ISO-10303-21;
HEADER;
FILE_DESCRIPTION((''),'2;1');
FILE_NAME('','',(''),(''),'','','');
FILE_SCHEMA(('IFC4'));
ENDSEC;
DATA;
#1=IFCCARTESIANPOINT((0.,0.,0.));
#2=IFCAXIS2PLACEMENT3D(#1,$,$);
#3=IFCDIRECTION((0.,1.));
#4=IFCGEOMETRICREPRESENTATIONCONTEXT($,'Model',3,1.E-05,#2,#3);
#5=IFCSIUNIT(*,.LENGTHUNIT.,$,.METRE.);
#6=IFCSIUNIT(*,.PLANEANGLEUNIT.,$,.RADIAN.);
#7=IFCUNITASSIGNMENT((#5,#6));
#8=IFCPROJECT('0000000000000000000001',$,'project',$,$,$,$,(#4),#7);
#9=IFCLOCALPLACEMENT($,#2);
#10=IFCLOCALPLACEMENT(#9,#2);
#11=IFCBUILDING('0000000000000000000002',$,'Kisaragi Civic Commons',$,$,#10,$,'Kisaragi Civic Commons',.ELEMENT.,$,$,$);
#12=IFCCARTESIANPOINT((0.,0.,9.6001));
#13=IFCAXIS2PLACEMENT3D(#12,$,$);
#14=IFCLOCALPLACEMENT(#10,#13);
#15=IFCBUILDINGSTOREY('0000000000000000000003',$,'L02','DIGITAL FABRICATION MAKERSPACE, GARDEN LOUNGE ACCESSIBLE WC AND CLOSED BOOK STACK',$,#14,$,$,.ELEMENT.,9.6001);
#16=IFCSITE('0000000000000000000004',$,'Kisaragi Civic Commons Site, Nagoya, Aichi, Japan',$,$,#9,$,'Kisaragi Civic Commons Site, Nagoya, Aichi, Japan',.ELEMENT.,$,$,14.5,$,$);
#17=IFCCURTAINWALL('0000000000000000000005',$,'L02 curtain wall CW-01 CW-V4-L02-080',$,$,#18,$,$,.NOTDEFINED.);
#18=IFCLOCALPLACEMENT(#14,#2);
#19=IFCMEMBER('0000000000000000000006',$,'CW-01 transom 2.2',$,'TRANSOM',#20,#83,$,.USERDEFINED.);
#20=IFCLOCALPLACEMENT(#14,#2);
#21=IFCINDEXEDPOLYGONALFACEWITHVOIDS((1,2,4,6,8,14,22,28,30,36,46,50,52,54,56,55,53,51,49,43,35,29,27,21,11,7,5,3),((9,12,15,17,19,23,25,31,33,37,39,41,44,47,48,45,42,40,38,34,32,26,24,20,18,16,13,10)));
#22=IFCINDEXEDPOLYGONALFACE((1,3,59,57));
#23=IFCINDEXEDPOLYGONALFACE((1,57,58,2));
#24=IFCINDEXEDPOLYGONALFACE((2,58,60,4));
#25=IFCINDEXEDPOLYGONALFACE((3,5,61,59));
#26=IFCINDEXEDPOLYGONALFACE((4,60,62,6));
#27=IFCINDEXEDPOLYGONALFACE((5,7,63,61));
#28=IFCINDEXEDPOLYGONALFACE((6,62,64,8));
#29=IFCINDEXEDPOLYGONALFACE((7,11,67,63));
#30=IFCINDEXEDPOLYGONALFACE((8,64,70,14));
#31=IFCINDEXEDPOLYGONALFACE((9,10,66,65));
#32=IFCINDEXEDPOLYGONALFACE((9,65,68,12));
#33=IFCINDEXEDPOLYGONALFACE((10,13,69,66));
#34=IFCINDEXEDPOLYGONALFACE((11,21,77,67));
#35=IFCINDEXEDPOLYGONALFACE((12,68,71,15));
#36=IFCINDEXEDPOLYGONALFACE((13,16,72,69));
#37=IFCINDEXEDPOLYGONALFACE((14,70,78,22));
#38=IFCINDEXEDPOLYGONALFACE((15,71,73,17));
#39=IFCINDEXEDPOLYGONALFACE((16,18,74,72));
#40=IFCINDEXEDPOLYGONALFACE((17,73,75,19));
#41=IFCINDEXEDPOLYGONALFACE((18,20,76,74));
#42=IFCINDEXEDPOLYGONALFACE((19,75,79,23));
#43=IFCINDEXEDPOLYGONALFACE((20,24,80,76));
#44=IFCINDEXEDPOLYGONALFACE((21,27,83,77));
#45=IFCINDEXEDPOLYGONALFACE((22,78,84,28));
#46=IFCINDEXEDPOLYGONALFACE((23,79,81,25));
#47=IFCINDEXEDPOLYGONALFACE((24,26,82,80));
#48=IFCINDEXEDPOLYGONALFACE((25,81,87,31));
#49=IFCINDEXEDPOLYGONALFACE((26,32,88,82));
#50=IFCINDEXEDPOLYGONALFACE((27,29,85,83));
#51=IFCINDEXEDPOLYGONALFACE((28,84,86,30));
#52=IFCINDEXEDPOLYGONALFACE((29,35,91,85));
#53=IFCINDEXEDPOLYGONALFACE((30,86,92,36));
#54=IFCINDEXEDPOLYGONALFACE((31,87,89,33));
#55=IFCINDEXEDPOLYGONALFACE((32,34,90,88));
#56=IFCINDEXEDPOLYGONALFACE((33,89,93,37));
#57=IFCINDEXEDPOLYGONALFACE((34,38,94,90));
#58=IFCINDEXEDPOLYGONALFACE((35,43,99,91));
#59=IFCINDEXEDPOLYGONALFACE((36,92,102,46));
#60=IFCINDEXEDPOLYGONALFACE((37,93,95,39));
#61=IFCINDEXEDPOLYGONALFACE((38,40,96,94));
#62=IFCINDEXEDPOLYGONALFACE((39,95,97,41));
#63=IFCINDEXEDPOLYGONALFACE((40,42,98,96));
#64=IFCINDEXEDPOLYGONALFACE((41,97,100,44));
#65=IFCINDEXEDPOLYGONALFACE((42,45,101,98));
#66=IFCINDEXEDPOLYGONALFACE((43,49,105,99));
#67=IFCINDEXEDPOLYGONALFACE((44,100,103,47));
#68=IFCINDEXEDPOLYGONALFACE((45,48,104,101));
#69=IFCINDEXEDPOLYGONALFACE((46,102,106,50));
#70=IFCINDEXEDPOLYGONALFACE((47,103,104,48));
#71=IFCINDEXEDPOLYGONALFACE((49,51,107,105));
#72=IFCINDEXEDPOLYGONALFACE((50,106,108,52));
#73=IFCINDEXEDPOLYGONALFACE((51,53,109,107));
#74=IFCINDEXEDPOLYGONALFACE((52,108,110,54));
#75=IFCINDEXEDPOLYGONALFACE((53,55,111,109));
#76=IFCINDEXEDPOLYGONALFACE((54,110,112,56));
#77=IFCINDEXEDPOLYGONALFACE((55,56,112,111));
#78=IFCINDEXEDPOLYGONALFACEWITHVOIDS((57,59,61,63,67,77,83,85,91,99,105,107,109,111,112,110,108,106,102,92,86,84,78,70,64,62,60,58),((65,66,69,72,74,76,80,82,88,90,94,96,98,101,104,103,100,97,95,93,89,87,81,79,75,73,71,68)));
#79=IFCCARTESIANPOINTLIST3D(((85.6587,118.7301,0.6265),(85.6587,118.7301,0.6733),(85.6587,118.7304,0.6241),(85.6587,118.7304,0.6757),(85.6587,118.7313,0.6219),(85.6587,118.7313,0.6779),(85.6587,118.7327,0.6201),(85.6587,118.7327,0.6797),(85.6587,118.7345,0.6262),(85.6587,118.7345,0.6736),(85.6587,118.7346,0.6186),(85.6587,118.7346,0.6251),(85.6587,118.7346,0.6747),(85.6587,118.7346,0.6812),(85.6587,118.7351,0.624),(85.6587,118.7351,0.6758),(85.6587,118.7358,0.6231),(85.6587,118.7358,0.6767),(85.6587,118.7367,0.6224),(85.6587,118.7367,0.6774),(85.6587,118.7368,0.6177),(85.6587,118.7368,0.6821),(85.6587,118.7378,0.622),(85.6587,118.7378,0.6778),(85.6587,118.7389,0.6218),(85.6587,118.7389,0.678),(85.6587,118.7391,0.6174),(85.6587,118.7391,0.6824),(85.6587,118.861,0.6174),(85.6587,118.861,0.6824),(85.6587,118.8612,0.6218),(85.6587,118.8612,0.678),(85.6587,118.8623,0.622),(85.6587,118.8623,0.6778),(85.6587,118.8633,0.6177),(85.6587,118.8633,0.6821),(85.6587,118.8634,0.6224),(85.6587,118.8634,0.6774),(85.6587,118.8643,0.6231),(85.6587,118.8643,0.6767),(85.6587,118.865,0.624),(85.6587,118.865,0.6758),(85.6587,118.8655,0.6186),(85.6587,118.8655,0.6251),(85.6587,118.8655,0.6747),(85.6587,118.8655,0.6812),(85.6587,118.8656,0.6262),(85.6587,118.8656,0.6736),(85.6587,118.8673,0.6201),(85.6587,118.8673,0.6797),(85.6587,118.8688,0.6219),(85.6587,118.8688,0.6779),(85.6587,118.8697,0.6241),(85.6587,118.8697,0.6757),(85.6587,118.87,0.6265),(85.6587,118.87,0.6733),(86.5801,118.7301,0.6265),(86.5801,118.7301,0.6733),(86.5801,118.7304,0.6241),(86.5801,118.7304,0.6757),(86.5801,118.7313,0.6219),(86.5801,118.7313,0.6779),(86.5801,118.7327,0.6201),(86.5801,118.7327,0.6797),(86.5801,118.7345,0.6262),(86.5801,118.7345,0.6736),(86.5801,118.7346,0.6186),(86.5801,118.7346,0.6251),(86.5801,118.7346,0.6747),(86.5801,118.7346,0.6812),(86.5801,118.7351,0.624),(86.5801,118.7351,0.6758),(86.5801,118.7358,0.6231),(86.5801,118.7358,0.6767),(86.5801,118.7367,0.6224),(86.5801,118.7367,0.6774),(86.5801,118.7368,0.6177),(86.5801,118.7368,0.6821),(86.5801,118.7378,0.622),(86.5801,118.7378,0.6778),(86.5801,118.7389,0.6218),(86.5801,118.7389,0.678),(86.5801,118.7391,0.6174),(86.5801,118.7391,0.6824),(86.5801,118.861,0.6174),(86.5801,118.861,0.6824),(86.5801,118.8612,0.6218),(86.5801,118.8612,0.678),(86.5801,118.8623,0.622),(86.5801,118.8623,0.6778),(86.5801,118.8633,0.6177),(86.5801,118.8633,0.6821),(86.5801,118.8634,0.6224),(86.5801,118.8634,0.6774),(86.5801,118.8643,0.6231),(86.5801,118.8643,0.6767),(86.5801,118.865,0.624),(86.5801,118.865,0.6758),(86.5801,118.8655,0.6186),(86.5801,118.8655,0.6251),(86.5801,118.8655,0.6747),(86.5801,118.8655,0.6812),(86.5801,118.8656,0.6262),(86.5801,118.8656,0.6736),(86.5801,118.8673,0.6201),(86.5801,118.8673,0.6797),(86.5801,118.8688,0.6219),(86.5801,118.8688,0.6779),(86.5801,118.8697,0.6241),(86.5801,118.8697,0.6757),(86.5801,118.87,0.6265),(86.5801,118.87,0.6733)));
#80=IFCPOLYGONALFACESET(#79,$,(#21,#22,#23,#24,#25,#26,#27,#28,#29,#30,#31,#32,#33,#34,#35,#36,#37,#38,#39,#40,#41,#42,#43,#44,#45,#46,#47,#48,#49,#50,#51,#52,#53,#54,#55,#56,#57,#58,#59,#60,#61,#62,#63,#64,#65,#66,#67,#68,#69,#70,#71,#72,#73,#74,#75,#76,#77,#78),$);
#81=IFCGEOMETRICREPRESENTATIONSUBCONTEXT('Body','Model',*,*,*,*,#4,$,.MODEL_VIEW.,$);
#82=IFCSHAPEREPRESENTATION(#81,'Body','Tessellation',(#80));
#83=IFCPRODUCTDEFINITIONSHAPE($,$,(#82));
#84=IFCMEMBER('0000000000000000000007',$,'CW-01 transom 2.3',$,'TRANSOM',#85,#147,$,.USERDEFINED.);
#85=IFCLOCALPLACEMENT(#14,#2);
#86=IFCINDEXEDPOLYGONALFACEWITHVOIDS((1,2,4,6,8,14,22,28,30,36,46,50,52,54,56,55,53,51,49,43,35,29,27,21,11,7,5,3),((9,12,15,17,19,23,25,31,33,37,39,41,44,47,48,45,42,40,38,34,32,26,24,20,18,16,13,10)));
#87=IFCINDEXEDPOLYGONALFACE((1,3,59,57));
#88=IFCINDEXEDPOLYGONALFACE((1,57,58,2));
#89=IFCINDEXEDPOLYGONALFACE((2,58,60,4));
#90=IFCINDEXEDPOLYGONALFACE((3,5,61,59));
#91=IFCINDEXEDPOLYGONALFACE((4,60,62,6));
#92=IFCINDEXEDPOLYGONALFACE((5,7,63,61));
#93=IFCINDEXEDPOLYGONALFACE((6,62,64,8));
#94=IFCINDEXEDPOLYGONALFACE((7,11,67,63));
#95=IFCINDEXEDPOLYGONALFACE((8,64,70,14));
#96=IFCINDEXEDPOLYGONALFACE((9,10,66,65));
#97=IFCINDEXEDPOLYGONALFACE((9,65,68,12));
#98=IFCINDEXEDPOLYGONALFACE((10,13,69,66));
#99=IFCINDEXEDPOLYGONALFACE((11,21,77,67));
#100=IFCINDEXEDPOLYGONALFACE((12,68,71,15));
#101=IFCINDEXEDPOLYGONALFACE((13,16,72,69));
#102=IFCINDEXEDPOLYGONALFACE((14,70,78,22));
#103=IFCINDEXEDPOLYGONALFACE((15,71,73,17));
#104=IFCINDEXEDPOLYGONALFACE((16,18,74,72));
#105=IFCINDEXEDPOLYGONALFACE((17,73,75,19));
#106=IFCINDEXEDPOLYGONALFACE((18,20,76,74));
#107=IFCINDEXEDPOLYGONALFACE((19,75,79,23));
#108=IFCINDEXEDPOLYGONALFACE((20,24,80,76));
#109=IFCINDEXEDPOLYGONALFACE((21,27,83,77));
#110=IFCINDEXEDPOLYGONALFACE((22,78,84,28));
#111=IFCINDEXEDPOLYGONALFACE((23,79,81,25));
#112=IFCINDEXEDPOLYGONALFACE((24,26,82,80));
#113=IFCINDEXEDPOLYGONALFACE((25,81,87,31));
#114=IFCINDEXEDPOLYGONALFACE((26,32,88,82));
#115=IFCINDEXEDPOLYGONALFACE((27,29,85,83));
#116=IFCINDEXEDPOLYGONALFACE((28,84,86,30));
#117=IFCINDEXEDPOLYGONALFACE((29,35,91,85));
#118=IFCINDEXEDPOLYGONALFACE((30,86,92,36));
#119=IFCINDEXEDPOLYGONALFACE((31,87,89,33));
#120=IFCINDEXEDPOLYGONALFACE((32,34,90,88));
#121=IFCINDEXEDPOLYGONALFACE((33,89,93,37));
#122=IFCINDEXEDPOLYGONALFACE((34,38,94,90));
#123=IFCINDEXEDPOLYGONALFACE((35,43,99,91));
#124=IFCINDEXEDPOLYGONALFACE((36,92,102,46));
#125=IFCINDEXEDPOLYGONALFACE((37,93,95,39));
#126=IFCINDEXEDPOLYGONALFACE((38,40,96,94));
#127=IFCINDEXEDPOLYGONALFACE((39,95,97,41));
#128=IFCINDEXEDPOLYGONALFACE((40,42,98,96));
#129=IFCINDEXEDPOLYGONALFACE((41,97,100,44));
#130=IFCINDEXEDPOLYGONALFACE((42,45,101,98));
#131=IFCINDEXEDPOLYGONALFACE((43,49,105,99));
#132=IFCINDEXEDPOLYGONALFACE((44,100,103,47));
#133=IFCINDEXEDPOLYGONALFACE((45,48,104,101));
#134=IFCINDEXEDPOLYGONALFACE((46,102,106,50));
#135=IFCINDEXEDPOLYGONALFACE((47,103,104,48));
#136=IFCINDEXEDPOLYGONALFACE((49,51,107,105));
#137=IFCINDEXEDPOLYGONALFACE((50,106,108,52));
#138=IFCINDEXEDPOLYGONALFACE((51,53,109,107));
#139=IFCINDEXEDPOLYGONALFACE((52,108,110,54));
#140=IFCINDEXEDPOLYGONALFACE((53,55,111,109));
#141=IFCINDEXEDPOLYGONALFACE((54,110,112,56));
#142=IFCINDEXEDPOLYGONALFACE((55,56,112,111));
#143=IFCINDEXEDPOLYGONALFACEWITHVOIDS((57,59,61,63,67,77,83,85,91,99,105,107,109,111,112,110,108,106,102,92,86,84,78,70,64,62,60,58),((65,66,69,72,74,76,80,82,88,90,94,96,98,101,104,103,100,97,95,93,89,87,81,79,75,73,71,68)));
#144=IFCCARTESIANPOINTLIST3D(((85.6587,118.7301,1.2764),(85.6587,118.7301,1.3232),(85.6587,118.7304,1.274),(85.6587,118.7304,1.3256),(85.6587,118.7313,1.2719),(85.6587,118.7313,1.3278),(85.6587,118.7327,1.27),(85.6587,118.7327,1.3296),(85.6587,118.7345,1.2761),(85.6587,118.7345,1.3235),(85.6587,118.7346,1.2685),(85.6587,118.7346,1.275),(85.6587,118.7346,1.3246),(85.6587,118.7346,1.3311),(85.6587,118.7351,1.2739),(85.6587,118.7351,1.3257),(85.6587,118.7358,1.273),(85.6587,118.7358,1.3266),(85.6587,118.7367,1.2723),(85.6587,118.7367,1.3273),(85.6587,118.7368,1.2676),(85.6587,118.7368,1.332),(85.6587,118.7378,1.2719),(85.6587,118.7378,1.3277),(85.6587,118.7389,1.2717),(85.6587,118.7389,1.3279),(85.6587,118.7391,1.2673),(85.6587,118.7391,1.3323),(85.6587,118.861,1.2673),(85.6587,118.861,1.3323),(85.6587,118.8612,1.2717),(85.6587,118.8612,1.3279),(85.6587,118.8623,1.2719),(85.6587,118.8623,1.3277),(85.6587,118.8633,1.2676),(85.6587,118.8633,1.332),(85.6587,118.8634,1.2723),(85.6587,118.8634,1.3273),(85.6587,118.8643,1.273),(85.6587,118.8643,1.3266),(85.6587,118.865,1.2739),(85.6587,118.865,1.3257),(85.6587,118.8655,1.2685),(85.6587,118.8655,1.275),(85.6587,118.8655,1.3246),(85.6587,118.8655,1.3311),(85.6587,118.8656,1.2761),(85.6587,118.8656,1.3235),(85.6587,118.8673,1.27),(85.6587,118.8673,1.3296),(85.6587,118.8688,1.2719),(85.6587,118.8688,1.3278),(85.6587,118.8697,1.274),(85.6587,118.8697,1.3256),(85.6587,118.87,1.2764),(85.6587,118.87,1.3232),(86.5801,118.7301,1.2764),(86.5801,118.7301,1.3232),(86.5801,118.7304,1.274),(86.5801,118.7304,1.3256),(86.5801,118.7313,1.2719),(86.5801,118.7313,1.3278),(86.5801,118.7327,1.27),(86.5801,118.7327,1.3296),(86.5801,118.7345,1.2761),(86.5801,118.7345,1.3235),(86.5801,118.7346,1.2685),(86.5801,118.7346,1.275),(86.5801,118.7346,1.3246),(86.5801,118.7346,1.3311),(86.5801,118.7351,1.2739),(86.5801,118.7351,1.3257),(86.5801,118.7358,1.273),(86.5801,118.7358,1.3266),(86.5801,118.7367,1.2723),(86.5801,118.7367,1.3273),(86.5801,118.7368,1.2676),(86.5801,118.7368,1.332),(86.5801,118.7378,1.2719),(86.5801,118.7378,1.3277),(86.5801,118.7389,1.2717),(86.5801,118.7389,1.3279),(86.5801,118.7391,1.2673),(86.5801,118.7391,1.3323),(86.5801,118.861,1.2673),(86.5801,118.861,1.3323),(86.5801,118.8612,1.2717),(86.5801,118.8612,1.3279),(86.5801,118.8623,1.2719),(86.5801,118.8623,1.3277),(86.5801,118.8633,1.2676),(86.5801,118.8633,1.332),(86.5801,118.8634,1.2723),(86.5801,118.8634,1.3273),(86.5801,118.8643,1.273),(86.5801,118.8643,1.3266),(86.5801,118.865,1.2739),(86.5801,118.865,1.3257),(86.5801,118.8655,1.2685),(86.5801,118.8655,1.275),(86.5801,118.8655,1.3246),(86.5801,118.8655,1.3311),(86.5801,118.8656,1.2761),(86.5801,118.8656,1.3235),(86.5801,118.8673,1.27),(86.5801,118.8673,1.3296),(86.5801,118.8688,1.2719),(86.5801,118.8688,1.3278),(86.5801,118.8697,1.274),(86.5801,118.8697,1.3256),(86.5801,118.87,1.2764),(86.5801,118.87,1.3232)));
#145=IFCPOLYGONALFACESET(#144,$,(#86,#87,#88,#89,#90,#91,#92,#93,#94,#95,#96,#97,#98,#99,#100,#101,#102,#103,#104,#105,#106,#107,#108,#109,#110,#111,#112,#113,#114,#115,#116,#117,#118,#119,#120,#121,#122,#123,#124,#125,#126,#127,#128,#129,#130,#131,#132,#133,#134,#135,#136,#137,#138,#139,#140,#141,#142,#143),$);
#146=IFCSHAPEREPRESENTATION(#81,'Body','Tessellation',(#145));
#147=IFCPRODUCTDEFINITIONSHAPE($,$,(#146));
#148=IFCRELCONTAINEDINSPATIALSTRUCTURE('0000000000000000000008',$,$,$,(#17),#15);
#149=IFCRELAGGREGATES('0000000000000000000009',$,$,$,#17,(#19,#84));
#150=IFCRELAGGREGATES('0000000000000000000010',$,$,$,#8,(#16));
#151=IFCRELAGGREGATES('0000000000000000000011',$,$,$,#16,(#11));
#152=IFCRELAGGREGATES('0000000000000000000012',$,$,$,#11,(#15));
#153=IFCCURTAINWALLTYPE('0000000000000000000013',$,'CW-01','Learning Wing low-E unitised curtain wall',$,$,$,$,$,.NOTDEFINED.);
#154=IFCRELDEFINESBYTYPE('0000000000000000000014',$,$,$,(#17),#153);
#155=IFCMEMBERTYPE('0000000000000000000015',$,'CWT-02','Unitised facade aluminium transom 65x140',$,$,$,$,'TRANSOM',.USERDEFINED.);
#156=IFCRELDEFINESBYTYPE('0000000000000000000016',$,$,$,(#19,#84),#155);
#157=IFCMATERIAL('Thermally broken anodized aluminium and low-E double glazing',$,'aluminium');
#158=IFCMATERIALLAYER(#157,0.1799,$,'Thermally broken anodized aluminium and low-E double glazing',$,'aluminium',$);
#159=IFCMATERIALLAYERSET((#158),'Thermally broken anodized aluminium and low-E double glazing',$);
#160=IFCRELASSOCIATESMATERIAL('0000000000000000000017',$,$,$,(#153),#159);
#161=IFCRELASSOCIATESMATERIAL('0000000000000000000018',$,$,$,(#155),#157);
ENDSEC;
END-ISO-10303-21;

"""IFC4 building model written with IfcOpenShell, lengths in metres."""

from ifc_helpers import new_model, si_unit, direction, frame, origin, origin_2d, place, context, subcontext, project, spatial, hollow_rectangle, extrude, material, layer, layer_set, material_profile, profile_set, type_object, element, aggregate, save


model = new_model("IFC4")

# Units and contexts
model_context = context("Model", 3, precision=1e-05, world=origin(), true_north=direction((0.0, 1.0)))
body_context = subcontext(model_context, "Body", "Model", "MODEL_VIEW")
ifc_project = project(units=[si_unit("LENGTHUNIT", "METRE"), si_unit("PLANEANGLEUNIT", "RADIAN")], contexts=[model_context])

# Site, building, storey
site_placement = place(None, origin())
site = spatial("IfcSite", under=ifc_project, at=site_placement, Name="Kisaragi Civic Commons Site, Nagoya, Aichi, Japan", LongName="Kisaragi Civic Commons Site, Nagoya, Aichi, Japan", CompositionType="ELEMENT", RefElevation=14.5)
building_placement = place(site_placement, origin())
building = spatial("IfcBuilding", under=site, at=building_placement, Name="Kisaragi Civic Commons", LongName="Kisaragi Civic Commons", CompositionType="ELEMENT")
storey_placement = place(building_placement, frame((0.0, 0.0, 9.6001)))
storey = spatial("IfcBuildingStorey", under=building, at=storey_placement, Name="L02", Description="DIGITAL FABRICATION MAKERSPACE, GARDEN LOUNGE ACCESSIBLE WC AND CLOSED BOOK STACK", CompositionType="ELEMENT", Elevation=9.6001)

# Shared definitions
ifc_material_1 = material(Name="Thermally broken anodized aluminium and low-E double glazing", Category="aluminium")
ifc_layer_1 = layer(ifc_material_1, 0.1799, Name="Thermally broken anodized aluminium and low-E double glazing", Category="aluminium")
ifc_layer_set_1 = layer_set([ifc_layer_1], Name="Thermally broken anodized aluminium and low-E double glazing")
curtain_wall_type = type_object("IfcCurtainWallType", Name="CW-01", Description="Learning Wing low-E unitised curtain wall", PredefinedType="NOTDEFINED", material=ifc_layer_set_1)

# Curtain wall
curtain_wall_1_placement = place(storey_placement, origin())
curtain_wall_1 = element("IfcCurtainWall", 1, at=curtain_wall_1_placement, inside=storey, type_object=curtain_wall_type, Name="L02 curtain wall CW-01 CW-V4-L02-080", PredefinedType="NOTDEFINED")

# Members
ifc_material_profile_1 = material_profile(ifc_material_1, hollow_rectangle(XDim=0.1399, YDim=0.0649, WallThickness=0.0044, InnerFilletRadius=0.0044, OuterFilletRadius=0.009, at=origin_2d()), Name="CWT-65x140x4.5", Category="aluminium")
ifc_profile_set_1 = profile_set([ifc_material_profile_1], Name="Thermally broken anodized aluminium and low-E double glazing")
member_type_1 = type_object("IfcMemberType", Name="CWT-02", Description="Unitised facade aluminium transom 65x140", ElementType="TRANSOM", PredefinedType="USERDEFINED", material=ifc_profile_set_1)
member_1_placement = place(storey_placement, frame((85.6587, 118.8, 0.6499), z_axis=(1.0, 0.0, 0.0), x_axis=(0.0, 1.0, 0.0)))
member_1 = element("IfcMember", 2, at=member_1_placement, type_object=member_type_1, Name="CW-01 transom 2.2", ObjectType="TRANSOM", PredefinedType="USERDEFINED", context=body_context, shape_type="SweptSolid", body=[
    extrude(hollow_rectangle(XDim=0.1399, YDim=0.0649, WallThickness=0.0044, InnerFilletRadius=0.0044, OuterFilletRadius=0.009, at=origin_2d()), origin(), (0.0, 0.0, 1.0), 0.9214),
])
member_2_placement = place(storey_placement, frame((85.6587, 118.8, 1.2998), z_axis=(1.0, 0.0, 0.0), x_axis=(0.0, 1.0, 0.0)))
member_2 = element("IfcMember", 3, at=member_2_placement, type_object=member_type_1, Name="CW-01 transom 2.3", ObjectType="TRANSOM", PredefinedType="USERDEFINED", context=body_context, shape_type="SweptSolid", body=[
    extrude(hollow_rectangle(XDim=0.1399, YDim=0.0649, WallThickness=0.0044, InnerFilletRadius=0.0044, OuterFilletRadius=0.009, at=origin_2d()), origin(), (0.0, 0.0, 1.0), 0.9214),
])

aggregate(curtain_wall_1, [member_1, member_2])

save(model, "model.ifc")
